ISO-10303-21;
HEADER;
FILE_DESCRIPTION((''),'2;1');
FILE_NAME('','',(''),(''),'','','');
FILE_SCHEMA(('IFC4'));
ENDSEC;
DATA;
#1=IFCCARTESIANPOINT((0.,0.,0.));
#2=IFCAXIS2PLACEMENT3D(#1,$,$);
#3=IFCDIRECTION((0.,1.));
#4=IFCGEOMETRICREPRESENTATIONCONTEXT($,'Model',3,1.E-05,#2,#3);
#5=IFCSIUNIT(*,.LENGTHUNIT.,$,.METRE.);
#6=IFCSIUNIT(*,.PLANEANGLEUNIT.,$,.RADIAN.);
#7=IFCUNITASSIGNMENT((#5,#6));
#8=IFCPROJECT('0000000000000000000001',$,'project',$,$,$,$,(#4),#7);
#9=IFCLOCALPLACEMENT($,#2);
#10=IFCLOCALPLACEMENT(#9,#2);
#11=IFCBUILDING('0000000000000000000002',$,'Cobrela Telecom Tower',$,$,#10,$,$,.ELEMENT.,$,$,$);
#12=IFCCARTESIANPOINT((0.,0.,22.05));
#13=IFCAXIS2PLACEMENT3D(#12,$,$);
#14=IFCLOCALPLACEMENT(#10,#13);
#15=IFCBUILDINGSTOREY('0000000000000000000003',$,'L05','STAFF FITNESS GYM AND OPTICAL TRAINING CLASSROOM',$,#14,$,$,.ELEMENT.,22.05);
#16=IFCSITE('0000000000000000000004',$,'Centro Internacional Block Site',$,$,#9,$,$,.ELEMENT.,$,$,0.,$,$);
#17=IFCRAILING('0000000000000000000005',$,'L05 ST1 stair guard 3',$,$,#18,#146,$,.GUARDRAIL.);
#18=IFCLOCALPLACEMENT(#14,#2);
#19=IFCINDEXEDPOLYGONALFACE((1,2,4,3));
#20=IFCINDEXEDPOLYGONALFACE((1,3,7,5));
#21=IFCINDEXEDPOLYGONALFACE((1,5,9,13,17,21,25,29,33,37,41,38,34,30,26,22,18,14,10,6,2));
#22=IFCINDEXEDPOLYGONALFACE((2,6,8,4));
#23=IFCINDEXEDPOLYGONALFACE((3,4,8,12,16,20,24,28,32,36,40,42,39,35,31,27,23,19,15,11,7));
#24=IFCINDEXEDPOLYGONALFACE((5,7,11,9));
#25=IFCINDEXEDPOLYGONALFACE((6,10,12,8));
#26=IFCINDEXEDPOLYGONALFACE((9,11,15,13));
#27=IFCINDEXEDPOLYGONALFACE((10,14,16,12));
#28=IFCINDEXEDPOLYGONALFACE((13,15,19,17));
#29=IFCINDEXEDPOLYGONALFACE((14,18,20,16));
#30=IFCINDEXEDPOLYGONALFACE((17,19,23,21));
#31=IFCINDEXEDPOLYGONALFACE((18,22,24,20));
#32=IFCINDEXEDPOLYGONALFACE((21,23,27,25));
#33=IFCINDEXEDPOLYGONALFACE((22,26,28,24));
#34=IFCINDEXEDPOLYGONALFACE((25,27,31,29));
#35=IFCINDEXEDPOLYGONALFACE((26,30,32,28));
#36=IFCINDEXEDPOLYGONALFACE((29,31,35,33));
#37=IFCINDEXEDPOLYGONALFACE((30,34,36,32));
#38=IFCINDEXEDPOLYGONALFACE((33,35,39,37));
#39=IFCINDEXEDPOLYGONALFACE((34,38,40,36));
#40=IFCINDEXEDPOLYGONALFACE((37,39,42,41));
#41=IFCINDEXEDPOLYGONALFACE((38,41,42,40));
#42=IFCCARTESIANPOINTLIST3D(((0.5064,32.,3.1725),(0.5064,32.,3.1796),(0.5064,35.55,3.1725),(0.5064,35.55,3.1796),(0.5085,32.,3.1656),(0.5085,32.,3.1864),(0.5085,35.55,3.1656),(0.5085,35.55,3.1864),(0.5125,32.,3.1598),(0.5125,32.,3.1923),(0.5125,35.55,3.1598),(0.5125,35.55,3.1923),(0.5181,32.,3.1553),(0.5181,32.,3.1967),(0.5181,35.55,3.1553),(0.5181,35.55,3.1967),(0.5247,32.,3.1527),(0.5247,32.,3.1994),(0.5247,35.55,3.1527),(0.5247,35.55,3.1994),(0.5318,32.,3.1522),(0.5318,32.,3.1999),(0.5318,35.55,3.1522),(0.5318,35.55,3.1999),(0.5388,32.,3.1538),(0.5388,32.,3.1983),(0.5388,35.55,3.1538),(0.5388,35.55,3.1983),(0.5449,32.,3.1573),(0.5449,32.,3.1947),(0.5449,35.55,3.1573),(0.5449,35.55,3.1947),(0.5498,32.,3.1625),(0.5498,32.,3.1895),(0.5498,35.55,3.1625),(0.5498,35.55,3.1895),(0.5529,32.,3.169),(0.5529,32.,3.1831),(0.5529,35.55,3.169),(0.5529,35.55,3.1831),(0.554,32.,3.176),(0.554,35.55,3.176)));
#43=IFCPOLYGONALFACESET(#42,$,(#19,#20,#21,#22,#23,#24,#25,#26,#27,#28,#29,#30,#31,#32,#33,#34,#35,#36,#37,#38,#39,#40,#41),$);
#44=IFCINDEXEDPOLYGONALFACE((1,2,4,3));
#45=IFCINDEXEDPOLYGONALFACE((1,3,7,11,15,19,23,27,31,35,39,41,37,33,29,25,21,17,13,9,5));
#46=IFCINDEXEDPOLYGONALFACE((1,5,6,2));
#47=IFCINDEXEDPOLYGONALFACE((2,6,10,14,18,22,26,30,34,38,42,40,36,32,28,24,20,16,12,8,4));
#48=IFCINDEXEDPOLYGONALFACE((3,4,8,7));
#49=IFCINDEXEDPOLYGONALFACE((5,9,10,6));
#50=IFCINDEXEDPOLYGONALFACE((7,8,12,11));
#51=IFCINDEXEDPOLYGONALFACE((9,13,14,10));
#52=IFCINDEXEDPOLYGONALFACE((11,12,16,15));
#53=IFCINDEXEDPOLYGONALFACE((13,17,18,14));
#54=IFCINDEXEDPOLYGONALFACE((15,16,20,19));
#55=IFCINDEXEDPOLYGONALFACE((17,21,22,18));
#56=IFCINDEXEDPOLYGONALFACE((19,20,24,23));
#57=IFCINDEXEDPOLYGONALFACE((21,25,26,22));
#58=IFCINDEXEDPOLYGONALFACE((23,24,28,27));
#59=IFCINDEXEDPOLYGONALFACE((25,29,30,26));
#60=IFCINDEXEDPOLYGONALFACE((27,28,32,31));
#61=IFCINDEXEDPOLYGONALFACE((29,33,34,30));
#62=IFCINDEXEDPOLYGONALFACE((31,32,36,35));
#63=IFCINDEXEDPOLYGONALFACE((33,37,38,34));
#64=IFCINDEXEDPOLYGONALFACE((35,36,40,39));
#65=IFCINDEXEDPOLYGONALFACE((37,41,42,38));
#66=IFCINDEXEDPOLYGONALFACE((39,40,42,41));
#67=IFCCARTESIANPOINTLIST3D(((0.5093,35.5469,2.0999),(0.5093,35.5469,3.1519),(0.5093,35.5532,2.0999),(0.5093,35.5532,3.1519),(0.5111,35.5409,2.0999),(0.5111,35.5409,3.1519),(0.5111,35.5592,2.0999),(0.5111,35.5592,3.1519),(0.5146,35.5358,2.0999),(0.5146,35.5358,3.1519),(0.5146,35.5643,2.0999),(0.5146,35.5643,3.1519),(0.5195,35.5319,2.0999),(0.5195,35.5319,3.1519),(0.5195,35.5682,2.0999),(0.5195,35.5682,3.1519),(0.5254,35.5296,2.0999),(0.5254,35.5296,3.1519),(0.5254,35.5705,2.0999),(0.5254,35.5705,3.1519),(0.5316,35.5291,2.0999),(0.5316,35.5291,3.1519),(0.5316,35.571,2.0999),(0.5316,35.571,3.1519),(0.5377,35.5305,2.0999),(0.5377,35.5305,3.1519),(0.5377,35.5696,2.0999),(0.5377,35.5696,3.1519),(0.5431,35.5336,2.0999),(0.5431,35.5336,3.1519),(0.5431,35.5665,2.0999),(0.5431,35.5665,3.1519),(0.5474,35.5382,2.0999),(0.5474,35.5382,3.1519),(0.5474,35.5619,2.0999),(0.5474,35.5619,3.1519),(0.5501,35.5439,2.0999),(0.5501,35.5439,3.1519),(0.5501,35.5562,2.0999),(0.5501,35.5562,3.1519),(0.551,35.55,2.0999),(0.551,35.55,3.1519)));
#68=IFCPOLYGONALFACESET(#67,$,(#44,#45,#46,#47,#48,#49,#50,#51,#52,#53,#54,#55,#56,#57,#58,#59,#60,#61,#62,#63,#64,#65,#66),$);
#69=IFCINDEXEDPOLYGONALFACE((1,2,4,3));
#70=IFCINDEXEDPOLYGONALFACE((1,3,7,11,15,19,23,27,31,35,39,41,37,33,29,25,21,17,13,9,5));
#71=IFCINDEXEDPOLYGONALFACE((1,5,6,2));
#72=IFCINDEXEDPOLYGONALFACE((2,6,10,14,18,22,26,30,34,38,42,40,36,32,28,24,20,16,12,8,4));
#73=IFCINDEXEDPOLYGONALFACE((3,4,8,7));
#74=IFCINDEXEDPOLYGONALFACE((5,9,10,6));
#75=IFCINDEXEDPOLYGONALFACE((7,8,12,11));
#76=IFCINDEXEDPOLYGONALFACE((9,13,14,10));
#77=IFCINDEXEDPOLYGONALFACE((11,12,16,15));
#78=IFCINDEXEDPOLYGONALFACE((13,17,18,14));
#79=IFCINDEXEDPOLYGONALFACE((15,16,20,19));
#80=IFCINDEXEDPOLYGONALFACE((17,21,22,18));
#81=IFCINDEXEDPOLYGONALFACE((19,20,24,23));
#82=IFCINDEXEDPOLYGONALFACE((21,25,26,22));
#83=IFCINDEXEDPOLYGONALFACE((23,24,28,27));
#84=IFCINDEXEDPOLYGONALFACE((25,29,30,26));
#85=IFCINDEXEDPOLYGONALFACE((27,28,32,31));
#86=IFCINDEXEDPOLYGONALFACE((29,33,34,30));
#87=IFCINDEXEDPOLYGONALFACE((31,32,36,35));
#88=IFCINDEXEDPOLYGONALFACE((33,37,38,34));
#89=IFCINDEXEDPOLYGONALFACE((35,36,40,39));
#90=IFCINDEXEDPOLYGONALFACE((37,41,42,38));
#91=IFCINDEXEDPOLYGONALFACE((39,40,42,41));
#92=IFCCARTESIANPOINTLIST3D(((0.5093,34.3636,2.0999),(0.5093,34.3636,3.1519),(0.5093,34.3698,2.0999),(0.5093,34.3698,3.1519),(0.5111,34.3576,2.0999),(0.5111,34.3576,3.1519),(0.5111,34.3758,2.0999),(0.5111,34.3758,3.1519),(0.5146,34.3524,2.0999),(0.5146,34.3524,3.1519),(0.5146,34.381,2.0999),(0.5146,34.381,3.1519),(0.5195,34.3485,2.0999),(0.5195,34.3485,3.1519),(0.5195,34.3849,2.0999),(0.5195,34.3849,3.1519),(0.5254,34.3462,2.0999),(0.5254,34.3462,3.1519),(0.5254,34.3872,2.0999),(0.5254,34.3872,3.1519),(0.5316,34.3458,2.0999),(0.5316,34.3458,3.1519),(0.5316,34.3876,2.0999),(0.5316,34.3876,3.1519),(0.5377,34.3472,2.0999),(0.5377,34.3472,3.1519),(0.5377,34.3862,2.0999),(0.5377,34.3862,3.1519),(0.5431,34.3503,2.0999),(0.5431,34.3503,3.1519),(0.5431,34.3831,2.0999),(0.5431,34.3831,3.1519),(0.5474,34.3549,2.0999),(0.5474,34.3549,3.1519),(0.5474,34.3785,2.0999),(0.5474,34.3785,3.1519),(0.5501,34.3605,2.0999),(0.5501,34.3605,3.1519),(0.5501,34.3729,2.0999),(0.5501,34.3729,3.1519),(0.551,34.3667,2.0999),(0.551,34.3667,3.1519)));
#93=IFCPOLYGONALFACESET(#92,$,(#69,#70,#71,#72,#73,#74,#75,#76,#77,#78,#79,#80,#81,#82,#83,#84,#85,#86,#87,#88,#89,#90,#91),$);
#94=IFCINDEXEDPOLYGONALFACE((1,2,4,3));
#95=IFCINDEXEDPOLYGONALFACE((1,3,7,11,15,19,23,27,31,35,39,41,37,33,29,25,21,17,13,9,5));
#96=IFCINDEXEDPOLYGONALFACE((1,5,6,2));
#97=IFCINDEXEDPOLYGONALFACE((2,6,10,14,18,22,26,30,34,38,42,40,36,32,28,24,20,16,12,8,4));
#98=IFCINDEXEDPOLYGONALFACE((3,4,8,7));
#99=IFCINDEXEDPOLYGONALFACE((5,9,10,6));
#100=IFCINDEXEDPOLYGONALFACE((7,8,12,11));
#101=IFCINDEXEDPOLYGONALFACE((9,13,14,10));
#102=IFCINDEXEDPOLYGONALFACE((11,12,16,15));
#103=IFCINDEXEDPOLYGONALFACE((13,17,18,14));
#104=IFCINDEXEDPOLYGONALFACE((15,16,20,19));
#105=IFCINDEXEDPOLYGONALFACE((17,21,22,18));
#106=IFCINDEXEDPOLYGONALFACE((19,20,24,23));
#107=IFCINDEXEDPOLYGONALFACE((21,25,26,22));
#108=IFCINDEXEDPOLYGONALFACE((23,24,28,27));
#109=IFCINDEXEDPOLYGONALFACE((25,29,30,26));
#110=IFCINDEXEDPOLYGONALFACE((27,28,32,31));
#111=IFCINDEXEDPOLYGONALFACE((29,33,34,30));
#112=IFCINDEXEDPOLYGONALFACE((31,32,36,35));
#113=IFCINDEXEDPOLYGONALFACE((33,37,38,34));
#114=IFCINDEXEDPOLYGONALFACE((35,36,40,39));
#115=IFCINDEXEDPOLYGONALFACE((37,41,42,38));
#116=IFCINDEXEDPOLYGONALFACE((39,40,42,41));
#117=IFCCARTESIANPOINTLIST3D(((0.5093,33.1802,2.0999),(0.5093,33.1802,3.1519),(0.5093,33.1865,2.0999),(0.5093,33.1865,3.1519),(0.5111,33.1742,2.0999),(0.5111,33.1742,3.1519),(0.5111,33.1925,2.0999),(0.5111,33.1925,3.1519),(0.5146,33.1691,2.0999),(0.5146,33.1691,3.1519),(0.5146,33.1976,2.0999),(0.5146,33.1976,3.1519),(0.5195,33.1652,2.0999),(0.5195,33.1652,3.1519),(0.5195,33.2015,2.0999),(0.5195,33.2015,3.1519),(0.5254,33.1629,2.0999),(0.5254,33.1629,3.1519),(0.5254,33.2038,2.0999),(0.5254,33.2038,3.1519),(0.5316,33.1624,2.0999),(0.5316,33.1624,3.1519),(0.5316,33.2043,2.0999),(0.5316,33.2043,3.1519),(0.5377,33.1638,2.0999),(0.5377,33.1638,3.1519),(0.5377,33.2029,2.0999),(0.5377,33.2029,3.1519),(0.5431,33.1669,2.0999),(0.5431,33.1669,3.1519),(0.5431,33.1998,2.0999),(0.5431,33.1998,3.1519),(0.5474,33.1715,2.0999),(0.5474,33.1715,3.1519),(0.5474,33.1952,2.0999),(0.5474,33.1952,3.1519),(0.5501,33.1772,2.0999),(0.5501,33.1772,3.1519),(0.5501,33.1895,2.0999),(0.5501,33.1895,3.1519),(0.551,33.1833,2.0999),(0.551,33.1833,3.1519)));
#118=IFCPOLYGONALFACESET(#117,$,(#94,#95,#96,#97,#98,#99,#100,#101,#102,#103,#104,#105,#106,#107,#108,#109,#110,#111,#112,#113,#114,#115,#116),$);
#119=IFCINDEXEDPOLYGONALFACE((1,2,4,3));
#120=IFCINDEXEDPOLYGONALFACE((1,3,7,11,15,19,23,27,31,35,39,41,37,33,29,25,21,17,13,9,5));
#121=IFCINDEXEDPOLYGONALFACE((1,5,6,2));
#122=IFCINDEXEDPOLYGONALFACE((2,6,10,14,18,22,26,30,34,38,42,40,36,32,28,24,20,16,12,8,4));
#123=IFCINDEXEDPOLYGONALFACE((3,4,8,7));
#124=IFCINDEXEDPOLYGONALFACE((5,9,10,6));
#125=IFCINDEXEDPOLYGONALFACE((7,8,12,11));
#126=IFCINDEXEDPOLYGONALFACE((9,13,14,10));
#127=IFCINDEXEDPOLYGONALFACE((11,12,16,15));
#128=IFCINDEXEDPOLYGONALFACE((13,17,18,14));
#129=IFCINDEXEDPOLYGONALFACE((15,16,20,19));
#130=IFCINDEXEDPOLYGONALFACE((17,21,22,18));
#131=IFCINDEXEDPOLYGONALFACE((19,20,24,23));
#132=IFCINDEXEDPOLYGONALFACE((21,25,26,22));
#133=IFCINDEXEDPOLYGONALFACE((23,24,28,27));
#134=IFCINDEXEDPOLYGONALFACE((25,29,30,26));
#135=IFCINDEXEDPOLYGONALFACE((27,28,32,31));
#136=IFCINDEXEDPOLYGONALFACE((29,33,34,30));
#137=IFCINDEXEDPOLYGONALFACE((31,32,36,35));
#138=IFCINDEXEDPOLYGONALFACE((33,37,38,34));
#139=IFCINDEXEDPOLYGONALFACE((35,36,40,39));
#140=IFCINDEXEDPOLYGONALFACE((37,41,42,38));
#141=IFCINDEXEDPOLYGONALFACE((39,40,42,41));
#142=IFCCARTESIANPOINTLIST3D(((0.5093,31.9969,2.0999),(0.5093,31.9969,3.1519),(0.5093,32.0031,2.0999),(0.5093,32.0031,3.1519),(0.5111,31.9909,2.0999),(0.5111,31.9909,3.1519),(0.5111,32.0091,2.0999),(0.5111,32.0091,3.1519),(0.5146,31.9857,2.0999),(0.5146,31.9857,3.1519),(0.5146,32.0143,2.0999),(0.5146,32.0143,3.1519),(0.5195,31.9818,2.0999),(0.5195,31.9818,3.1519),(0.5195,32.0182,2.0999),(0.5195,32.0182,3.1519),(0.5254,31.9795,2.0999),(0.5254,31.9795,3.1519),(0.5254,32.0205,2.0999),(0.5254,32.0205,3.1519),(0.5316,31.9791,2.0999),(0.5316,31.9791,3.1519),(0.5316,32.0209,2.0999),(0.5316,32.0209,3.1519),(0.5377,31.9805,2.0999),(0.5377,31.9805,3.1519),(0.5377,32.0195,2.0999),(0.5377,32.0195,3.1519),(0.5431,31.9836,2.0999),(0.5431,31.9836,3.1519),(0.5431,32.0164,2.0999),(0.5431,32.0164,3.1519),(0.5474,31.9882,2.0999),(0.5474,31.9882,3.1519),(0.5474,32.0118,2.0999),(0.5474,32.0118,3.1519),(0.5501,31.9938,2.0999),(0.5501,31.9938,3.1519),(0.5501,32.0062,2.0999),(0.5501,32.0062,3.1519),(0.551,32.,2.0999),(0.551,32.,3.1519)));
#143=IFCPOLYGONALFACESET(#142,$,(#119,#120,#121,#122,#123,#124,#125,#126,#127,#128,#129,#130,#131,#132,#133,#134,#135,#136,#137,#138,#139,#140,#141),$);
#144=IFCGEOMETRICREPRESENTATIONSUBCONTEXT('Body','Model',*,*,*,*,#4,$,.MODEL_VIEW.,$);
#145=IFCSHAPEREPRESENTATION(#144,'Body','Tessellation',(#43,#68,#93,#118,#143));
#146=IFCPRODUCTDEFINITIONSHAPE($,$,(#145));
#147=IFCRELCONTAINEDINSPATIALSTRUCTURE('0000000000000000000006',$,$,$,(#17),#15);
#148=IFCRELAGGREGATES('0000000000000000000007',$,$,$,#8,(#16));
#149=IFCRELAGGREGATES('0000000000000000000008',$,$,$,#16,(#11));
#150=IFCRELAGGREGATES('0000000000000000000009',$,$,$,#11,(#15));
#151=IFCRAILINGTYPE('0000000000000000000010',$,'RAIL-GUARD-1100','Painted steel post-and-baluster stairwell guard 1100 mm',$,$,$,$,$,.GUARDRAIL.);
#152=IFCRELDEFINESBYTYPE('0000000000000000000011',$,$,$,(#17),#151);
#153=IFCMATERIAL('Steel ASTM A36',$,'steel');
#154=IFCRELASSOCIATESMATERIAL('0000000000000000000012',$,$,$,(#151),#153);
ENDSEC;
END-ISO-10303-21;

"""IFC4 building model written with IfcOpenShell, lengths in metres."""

from ifc_helpers import new_model, si_unit, direction, frame, origin, origin_2d, place, context, subcontext, project, spatial, circle, extrude, material, type_object, element, save


model = new_model("IFC4")

# Units and contexts
model_context = context("Model", 3, precision=1e-05, world=origin(), true_north=direction((0.0, 1.0)))
body_context = subcontext(model_context, "Body", "Model", "MODEL_VIEW")
ifc_project = project(units=[si_unit("LENGTHUNIT", "METRE"), si_unit("PLANEANGLEUNIT", "RADIAN")], contexts=[model_context])

# Site, building, storey
site_placement = place(None, origin())
site = spatial("IfcSite", under=ifc_project, at=site_placement, Name="Centro Internacional Block Site", CompositionType="ELEMENT", RefElevation=0.0)
building_placement = place(site_placement, origin())
building = spatial("IfcBuilding", under=site, at=building_placement, Name="Cobrela Telecom Tower", CompositionType="ELEMENT")
storey_placement = place(building_placement, frame((0.0, 0.0, 22.05)))
storey = spatial("IfcBuildingStorey", under=building, at=storey_placement, Name="L05", Description="STAFF FITNESS GYM AND OPTICAL TRAINING CLASSROOM", CompositionType="ELEMENT", Elevation=22.05)

# Shared definitions
ifc_material_1 = material(Name="Steel ASTM A36", Category="steel")

# Railing
railing_type_1 = type_object("IfcRailingType", Name="RAIL-GUARD-1100", Description="Painted steel post-and-baluster stairwell guard 1100 mm", PredefinedType="GUARDRAIL", material=ifc_material_1)
railing_1_placement = place(storey_placement, frame((0.53, 35.55, 2.0999)))
element("IfcRailing", 1, at=railing_1_placement, inside=storey, type_object=railing_type_1, Name="L05 ST1 stair guard 3", PredefinedType="GUARDRAIL", context=body_context, shape_type="SweptSolid", body=[
    extrude(circle(Radius=0.0239, at=origin_2d()), frame((0.0, 0.0, 1.0762), z_axis=(0.0, -1.0, 0.0), x_axis=(1.0, 0.0, 0.0)), (0.0, 0.0, 1.0), 3.55),
    extrude(circle(Radius=0.021, at=origin_2d()), origin(), (0.0, 0.0, 1.0), 1.052),
    extrude(circle(Radius=0.021, at=origin_2d()), frame((0.0, -1.1833, 0.0)), (0.0, 0.0, 1.0), 1.052),
    extrude(circle(Radius=0.021, at=origin_2d()), frame((0.0, -2.3667, 0.0)), (0.0, 0.0, 1.0), 1.052),
    extrude(circle(Radius=0.021, at=origin_2d()), frame((0.0, -3.55, 0.0)), (0.0, 0.0, 1.0), 1.052),
])

save(model, "model.ifc")
